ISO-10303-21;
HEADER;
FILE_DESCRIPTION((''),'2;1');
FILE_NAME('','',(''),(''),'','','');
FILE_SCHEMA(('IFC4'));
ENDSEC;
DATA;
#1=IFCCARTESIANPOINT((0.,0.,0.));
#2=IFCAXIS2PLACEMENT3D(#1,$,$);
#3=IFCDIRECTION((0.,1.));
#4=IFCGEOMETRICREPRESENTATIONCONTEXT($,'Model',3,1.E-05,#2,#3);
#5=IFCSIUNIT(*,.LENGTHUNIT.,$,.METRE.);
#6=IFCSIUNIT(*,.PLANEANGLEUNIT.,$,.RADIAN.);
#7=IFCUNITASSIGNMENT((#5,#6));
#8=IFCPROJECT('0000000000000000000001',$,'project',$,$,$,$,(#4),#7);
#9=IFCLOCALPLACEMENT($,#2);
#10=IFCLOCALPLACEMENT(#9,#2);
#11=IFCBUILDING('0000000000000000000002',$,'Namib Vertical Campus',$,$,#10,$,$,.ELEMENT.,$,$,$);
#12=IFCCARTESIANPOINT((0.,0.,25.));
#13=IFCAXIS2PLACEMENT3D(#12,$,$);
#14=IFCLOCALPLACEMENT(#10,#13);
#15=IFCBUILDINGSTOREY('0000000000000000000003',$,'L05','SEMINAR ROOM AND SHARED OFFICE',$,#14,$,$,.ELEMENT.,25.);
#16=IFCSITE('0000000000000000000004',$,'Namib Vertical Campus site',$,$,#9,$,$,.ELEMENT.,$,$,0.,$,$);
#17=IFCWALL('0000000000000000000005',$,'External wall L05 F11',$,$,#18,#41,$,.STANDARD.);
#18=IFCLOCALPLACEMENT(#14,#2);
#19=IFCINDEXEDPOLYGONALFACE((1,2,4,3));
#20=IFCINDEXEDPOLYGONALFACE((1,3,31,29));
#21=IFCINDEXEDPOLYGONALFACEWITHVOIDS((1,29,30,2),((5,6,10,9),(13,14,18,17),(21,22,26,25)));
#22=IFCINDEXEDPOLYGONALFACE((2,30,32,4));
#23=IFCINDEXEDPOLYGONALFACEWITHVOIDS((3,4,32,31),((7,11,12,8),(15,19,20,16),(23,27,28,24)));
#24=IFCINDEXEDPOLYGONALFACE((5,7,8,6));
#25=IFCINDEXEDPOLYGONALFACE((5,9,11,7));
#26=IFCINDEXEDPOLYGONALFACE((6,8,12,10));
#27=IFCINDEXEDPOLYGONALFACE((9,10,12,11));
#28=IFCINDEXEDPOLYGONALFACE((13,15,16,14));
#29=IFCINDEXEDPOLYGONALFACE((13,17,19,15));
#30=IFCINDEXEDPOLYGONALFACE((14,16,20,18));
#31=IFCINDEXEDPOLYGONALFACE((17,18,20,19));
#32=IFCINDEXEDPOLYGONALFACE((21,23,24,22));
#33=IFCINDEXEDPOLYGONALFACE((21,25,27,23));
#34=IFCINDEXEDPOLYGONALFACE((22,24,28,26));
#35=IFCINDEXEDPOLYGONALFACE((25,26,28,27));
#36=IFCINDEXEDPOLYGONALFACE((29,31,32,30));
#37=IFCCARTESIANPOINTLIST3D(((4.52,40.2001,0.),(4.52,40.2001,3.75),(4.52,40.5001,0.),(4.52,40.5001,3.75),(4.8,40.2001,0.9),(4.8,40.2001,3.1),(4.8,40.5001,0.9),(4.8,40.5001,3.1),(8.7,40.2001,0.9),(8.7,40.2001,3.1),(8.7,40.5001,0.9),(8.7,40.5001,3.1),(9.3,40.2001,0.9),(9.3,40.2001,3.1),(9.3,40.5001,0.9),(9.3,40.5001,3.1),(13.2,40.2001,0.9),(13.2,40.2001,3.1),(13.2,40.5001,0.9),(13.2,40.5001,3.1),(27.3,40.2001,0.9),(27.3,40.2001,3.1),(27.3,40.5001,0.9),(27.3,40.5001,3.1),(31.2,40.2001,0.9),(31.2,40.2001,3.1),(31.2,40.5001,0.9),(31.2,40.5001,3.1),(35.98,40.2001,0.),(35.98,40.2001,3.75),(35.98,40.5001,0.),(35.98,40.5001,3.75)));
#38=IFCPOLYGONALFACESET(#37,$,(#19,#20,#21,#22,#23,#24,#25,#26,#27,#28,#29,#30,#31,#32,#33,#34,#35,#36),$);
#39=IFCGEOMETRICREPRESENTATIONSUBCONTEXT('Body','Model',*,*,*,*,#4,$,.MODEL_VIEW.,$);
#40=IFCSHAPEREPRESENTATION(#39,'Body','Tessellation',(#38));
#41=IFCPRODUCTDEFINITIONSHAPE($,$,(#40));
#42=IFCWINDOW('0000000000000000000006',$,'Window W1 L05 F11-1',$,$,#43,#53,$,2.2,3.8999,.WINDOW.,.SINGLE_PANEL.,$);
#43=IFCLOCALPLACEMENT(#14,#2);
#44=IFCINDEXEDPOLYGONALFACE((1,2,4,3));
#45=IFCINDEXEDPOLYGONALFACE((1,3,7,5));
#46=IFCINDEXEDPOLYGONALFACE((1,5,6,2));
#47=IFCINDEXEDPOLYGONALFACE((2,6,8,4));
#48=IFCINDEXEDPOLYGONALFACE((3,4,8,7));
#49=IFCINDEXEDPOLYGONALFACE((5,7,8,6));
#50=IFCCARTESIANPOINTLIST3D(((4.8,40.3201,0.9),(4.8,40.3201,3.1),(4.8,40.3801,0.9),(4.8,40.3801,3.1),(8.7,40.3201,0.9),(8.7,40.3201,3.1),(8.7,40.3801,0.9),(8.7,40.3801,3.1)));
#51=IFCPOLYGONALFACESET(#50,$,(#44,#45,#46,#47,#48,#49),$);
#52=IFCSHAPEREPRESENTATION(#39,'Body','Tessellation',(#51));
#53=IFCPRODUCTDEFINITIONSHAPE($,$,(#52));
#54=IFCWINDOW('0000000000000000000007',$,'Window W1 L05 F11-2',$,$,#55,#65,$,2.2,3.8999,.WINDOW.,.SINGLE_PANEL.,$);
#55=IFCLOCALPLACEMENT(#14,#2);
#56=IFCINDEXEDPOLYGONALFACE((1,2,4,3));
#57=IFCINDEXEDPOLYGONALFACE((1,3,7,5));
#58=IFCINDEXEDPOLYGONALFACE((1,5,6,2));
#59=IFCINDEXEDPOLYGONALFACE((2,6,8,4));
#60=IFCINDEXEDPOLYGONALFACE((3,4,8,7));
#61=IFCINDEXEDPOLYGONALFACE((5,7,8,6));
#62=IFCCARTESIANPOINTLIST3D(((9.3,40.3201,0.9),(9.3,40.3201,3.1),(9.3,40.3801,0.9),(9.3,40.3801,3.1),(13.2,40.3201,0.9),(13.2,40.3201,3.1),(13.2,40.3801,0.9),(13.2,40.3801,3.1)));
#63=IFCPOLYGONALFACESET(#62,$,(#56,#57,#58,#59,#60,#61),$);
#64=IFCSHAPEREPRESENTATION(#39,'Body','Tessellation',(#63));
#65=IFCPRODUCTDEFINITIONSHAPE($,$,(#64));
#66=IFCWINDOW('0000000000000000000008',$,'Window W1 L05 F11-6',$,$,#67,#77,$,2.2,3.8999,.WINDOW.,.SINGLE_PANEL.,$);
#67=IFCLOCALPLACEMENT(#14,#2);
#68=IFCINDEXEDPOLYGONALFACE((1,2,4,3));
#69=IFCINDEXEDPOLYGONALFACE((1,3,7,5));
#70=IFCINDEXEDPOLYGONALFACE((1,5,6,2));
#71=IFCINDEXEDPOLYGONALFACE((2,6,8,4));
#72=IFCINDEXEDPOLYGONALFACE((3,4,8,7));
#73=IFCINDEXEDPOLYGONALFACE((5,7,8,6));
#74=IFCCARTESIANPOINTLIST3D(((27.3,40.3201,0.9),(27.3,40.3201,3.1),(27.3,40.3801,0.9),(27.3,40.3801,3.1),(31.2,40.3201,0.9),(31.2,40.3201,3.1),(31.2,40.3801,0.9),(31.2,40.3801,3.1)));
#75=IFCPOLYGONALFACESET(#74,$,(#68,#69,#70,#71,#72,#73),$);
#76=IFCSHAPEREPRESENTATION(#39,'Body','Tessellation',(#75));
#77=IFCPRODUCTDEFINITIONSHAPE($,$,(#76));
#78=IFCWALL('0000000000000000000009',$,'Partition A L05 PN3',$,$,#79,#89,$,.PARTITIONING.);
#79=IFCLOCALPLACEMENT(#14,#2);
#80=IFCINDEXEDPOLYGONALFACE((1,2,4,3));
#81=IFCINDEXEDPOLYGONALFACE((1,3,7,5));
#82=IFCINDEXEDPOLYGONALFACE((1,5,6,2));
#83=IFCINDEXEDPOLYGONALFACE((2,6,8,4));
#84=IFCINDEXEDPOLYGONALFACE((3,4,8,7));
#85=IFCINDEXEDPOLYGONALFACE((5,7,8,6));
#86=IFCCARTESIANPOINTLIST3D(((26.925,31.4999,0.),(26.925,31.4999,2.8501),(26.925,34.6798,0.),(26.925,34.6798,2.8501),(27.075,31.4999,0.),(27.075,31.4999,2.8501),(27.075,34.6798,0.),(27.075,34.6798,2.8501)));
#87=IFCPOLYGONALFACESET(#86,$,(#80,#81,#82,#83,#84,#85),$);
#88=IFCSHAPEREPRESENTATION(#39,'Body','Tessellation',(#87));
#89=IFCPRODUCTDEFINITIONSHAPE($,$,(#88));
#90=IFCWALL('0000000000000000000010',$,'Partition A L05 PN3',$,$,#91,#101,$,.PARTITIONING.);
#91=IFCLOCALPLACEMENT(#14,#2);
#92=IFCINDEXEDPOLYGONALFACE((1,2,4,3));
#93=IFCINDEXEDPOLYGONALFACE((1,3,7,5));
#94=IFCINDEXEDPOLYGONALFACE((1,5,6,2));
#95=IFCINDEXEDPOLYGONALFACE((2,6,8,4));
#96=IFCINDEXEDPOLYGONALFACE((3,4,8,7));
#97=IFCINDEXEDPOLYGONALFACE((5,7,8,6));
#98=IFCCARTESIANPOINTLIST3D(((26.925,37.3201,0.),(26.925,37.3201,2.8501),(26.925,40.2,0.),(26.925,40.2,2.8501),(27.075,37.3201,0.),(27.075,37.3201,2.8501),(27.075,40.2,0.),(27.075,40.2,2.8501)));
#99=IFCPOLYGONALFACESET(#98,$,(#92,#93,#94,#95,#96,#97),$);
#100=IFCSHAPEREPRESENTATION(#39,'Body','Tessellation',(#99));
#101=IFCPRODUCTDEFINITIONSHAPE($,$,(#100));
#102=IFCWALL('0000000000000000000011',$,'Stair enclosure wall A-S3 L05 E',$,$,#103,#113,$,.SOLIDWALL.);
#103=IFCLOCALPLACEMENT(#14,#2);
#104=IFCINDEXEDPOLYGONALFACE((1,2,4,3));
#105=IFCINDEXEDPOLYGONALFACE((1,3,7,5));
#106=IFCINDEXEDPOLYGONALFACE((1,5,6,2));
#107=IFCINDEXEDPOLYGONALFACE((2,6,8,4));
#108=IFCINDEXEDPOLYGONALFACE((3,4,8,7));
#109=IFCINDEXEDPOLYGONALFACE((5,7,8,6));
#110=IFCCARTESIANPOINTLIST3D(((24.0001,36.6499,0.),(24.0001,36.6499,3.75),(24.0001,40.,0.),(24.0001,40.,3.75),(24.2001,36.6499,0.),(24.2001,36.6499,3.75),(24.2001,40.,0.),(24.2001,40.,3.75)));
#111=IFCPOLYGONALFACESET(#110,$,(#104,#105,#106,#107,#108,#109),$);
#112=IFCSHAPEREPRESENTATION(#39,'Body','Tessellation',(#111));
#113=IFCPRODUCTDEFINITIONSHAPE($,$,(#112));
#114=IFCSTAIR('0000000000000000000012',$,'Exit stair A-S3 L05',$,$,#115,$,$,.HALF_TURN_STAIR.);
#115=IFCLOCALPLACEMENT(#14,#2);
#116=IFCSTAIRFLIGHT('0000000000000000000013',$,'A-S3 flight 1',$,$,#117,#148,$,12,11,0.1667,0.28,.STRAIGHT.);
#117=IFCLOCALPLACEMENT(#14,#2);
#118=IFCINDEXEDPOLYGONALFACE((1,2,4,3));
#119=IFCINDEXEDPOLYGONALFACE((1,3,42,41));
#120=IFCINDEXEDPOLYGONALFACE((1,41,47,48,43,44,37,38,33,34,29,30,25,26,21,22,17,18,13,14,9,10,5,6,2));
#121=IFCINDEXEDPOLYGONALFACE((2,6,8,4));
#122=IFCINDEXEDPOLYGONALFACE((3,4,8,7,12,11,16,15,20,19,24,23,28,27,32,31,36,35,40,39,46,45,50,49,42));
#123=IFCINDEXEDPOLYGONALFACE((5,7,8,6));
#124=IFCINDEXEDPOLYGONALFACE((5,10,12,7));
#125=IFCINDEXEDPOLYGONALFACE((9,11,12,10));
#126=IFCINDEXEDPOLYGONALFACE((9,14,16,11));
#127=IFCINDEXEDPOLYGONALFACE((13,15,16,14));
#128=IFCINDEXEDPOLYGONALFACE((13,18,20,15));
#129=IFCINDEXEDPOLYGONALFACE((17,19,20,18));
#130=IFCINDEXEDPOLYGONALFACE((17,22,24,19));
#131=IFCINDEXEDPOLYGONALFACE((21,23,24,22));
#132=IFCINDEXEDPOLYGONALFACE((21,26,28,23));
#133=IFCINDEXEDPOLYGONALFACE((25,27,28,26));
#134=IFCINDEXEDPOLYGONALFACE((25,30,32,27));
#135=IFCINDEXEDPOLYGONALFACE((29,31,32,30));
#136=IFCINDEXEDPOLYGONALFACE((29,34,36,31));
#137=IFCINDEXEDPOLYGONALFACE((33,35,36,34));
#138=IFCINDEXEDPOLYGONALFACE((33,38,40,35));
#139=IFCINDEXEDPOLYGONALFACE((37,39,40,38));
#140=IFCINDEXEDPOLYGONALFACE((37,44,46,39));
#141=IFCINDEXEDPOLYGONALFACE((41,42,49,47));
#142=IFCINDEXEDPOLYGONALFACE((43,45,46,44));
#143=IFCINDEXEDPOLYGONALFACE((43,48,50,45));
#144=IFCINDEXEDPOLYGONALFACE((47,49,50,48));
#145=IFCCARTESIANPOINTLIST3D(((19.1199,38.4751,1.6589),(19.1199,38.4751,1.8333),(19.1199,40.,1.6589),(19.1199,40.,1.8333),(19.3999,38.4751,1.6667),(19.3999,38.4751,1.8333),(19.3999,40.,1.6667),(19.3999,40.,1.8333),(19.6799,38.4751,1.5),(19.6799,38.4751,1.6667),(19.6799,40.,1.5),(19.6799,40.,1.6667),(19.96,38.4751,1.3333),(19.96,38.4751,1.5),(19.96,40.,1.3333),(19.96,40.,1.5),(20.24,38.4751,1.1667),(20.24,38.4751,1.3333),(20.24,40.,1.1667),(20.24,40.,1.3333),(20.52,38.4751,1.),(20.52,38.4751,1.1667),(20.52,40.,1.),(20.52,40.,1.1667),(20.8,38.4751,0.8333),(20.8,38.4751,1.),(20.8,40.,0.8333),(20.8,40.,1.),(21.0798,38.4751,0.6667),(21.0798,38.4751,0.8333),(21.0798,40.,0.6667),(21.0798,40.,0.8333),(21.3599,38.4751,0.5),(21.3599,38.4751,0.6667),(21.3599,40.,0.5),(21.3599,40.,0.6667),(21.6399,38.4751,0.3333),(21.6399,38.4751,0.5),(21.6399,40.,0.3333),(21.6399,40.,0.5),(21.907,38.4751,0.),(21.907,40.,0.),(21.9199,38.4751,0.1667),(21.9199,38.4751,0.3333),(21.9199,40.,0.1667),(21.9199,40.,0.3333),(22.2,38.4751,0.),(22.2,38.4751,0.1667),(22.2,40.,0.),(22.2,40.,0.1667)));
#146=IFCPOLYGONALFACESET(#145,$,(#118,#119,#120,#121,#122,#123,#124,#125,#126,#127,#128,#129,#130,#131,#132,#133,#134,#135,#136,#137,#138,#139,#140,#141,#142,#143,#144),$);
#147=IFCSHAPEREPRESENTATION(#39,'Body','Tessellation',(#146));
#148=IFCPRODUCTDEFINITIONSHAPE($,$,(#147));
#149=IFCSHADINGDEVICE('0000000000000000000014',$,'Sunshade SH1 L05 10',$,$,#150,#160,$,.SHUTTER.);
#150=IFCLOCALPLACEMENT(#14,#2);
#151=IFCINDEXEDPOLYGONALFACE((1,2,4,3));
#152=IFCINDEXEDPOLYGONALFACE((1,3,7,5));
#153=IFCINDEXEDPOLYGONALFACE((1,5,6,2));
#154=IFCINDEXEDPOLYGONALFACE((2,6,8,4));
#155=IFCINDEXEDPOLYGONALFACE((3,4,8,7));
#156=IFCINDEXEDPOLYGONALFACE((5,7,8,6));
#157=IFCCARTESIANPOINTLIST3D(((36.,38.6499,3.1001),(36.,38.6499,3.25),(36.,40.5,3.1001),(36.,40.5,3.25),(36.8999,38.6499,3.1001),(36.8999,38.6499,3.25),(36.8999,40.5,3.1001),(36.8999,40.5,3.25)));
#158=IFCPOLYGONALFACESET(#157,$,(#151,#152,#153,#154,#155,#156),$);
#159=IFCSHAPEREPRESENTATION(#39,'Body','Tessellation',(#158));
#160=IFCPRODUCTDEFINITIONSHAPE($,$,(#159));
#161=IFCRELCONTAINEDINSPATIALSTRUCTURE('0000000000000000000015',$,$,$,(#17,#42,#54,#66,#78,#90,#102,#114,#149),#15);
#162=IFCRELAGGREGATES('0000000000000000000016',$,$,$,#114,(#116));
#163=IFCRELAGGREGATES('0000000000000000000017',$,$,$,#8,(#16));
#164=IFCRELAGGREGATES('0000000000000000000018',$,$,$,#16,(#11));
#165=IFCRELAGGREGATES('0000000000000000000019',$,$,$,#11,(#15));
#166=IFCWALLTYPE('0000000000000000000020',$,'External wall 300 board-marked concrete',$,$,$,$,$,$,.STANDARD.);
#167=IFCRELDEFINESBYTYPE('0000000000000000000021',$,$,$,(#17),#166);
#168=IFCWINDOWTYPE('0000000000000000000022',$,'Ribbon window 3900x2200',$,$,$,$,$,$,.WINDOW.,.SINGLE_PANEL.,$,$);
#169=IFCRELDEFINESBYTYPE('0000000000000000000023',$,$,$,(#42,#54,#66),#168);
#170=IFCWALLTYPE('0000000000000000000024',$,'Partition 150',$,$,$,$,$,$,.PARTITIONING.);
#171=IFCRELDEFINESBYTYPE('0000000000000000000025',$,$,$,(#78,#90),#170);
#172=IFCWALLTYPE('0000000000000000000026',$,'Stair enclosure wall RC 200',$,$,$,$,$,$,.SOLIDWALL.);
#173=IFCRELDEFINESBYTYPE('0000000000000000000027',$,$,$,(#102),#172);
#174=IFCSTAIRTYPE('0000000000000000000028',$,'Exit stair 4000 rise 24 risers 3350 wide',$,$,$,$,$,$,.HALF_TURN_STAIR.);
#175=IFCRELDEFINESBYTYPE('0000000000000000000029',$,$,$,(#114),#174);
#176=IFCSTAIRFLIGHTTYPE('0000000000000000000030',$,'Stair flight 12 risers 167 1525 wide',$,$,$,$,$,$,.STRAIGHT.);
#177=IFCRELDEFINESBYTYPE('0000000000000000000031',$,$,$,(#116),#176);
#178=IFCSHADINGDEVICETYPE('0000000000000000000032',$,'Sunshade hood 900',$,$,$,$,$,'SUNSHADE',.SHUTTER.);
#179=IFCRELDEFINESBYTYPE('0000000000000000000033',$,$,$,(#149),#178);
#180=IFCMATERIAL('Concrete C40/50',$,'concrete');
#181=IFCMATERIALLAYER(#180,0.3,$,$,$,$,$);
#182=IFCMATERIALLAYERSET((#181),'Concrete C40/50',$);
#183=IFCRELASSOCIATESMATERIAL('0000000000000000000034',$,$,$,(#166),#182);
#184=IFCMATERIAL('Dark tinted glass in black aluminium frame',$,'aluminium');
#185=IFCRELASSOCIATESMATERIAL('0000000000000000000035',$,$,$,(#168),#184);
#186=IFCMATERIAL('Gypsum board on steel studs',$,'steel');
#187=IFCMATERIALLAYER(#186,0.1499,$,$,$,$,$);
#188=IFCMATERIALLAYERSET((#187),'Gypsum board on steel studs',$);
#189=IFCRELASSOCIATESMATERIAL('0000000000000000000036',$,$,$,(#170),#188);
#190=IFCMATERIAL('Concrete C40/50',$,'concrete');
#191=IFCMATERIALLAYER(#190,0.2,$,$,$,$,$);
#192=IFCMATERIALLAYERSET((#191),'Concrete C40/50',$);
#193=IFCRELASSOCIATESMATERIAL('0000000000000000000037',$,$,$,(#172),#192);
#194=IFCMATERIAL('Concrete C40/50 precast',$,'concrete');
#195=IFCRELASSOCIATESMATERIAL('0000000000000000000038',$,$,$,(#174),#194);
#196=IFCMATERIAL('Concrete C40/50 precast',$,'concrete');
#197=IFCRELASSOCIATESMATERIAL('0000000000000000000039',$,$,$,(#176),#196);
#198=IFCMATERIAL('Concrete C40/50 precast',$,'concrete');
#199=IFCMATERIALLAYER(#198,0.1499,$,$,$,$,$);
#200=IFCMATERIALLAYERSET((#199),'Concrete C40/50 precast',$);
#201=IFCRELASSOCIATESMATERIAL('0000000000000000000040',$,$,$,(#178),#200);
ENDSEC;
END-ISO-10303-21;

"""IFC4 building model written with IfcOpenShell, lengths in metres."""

from ifc_helpers import new_model, si_unit, direction, frame, frame_2d, origin, origin_2d, place, context, subcontext, project, spatial, polyline, rectangle, outline, extrude, material, layer, layer_set, type_object, element, fill, aggregate, save


model = new_model("IFC4")

# Units and contexts
model_context = context("Model", 3, precision=1e-05, world=origin(), true_north=direction((0.0, 1.0)))
body_context = subcontext(model_context, "Body", "Model", "MODEL_VIEW")
ifc_project = project(units=[si_unit("LENGTHUNIT", "METRE"), si_unit("PLANEANGLEUNIT", "RADIAN")], contexts=[model_context])

# Site, building, storey
site_placement = place(None, origin())
site = spatial("IfcSite", under=ifc_project, at=site_placement, Name="Namib Vertical Campus site", CompositionType="ELEMENT", RefElevation=0.0)
building_placement = place(site_placement, origin())
building = spatial("IfcBuilding", under=site, at=building_placement, Name="Namib Vertical Campus", CompositionType="ELEMENT")
storey_placement = place(building_placement, frame((0.0, 0.0, 25.0)))
storey = spatial("IfcBuildingStorey", under=building, at=storey_placement, Name="L05", Description="SEMINAR ROOM AND SHARED OFFICE", CompositionType="ELEMENT", Elevation=25.0)

# Shared definitions
ifc_material_1 = material(Name="Concrete C40/50", Category="concrete")
ifc_layer_1 = layer(ifc_material_1, 0.3)
ifc_layer_set_1 = layer_set([ifc_layer_1], Name="Concrete C40/50")
wall_type_1 = type_object("IfcWallType", Name="External wall 300 board-marked concrete", PredefinedType="STANDARD", material=ifc_layer_set_1)

# Wall, openings, windows
wall_1_placement = place(storey_placement, frame((35.98, 40.3501, 0.0), z_axis=(0.0, 0.0, 1.0), x_axis=(-1.0, 0.0, 0.0)))
wall_1 = element("IfcWall", 1, at=wall_1_placement, inside=storey, type_object=wall_type_1, Name="External wall L05 F11", PredefinedType="STANDARD", context=body_context, shape_type="SweptSolid", body=[
    extrude(rectangle(XDim=31.46, YDim=0.3, at=frame_2d((15.73, 0.0))), origin(), (0.0, 0.0, 1.0), 3.75),
])
opening_1_placement = place(wall_1_placement, frame((27.28, 0.0, 0.8999)))
opening_1 = element("IfcOpeningElement", 2, at=opening_1_placement, cuts=wall_1, PredefinedType="OPENING", context=body_context, shape_type="SweptSolid", body=[
    extrude(rectangle(XDim=3.8999, YDim=2.2, at=frame_2d((1.95, 1.1001))), frame((0.0, 0.1599, 0.0), z_axis=(0.0, -1.0, 0.0), x_axis=(1.0, 0.0, 0.0)), (0.0, 0.0, 1.0), 0.3201),
])
opening_2_placement = place(wall_1_placement, frame((22.78, 0.0, 0.8999)))
opening_2 = element("IfcOpeningElement", 3, at=opening_2_placement, cuts=wall_1, PredefinedType="OPENING", context=body_context, shape_type="SweptSolid", body=[
    extrude(rectangle(XDim=3.8999, YDim=2.2, at=frame_2d((1.95, 1.1001))), frame((0.0, 0.1599, 0.0), z_axis=(0.0, -1.0, 0.0), x_axis=(1.0, 0.0, 0.0)), (0.0, 0.0, 1.0), 0.3201),
])
opening_3_placement = place(wall_1_placement, frame((4.78, 0.0, 0.8999)))
opening_3 = element("IfcOpeningElement", 4, at=opening_3_placement, cuts=wall_1, PredefinedType="OPENING", context=body_context, shape_type="SweptSolid", body=[
    extrude(rectangle(XDim=3.8999, YDim=2.2, at=frame_2d((1.95, 1.1001))), frame((0.0, 0.1599, 0.0), z_axis=(0.0, -1.0, 0.0), x_axis=(1.0, 0.0, 0.0)), (0.0, 0.0, 1.0), 0.3201),
])
ifc_material_2 = material(Name="Dark tinted glass in black aluminium frame", Category="aluminium")
window_type = type_object("IfcWindowType", Name="Ribbon window 3900x2200", PartitioningType="SINGLE_PANEL", PredefinedType="WINDOW", material=ifc_material_2)
window_1_placement = place(opening_1_placement, origin())
window_1 = element("IfcWindow", 5, at=window_1_placement, inside=storey, type_object=window_type, Name="Window W1 L05 F11-1", OverallHeight=2.2, OverallWidth=3.8999, PartitioningType="SINGLE_PANEL", PredefinedType="WINDOW", context=body_context, shape_type="SweptSolid", body=[
    extrude(rectangle(XDim=3.8999, YDim=2.2, at=frame_2d((1.95, 1.1001))), frame((0.0, 0.03, 0.0), z_axis=(0.0, -1.0, 0.0), x_axis=(1.0, 0.0, 0.0)), (0.0, 0.0, 1.0), 0.0601),
])
fill(opening_1, window_1)
window_2_placement = place(opening_2_placement, origin())
window_2 = element("IfcWindow", 6, at=window_2_placement, inside=storey, type_object=window_type, Name="Window W1 L05 F11-2", OverallHeight=2.2, OverallWidth=3.8999, PartitioningType="SINGLE_PANEL", PredefinedType="WINDOW", context=body_context, shape_type="SweptSolid", body=[
    extrude(rectangle(XDim=3.8999, YDim=2.2, at=frame_2d((1.95, 1.1001))), frame((0.0, 0.03, 0.0), z_axis=(0.0, -1.0, 0.0), x_axis=(1.0, 0.0, 0.0)), (0.0, 0.0, 1.0), 0.0601),
])
fill(opening_2, window_2)
window_3_placement = place(opening_3_placement, origin())
window_3 = element("IfcWindow", 7, at=window_3_placement, inside=storey, type_object=window_type, Name="Window W1 L05 F11-6", OverallHeight=2.2, OverallWidth=3.8999, PartitioningType="SINGLE_PANEL", PredefinedType="WINDOW", context=body_context, shape_type="SweptSolid", body=[
    extrude(rectangle(XDim=3.8999, YDim=2.2, at=frame_2d((1.95, 1.1001))), frame((0.0, 0.03, 0.0), z_axis=(0.0, -1.0, 0.0), x_axis=(1.0, 0.0, 0.0)), (0.0, 0.0, 1.0), 0.0601),
])
fill(opening_3, window_3)

# Walls
ifc_material_3 = material(Name="Gypsum board on steel studs", Category="steel")
ifc_layer_2 = layer(ifc_material_3, 0.1499)
ifc_layer_set_2 = layer_set([ifc_layer_2], Name="Gypsum board on steel studs")
wall_type_2 = type_object("IfcWallType", Name="Partition 150", PredefinedType="PARTITIONING", material=ifc_layer_set_2)
wall_2_placement = place(storey_placement, frame((27.0, 31.5, 0.0), z_axis=(0.0, 0.0, 1.0), x_axis=(0.0, 1.0, 0.0)))
element("IfcWall", 8, at=wall_2_placement, inside=storey, type_object=wall_type_2, Name="Partition A L05 PN3", PredefinedType="PARTITIONING", context=body_context, shape_type="SweptSolid", body=[
    extrude(rectangle(XDim=3.1799, YDim=0.1499, at=frame_2d((1.5898, 0.0))), origin(), (0.0, 0.0, 1.0), 2.8501),
])
wall_3_placement = place(storey_placement, frame((27.0, 37.3201, 0.0), z_axis=(0.0, 0.0, 1.0), x_axis=(0.0, 1.0, 0.0)))
element("IfcWall", 9, at=wall_3_placement, inside=storey, type_object=wall_type_2, Name="Partition A L05 PN3", PredefinedType="PARTITIONING", context=body_context, shape_type="SweptSolid", body=[
    extrude(rectangle(XDim=2.8799, YDim=0.1499, at=frame_2d((1.4399, 0.0))), origin(), (0.0, 0.0, 1.0), 2.8501),
])
ifc_material_4 = material(Name="Concrete C40/50", Category="concrete")
ifc_layer_3 = layer(ifc_material_4, 0.2)
ifc_layer_set_3 = layer_set([ifc_layer_3], Name="Concrete C40/50")
wall_type_3 = type_object("IfcWallType", Name="Stair enclosure wall RC 200", PredefinedType="SOLIDWALL", material=ifc_layer_set_3)
wall_4_placement = place(storey_placement, frame((24.1001, 36.6499, 0.0), z_axis=(0.0, 0.0, 1.0), x_axis=(0.0, 1.0, 0.0)))
element("IfcWall", 10, at=wall_4_placement, inside=storey, type_object=wall_type_3, Name="Stair enclosure wall A-S3 L05 E", PredefinedType="SOLIDWALL", context=body_context, shape_type="SweptSolid", body=[
    extrude(rectangle(XDim=3.3501, YDim=0.2, at=frame_2d((1.675, 0.0))), origin(), (0.0, 0.0, 1.0), 3.75),
])

# Stair, stair flight
ifc_material_5 = material(Name="Concrete C40/50 precast", Category="concrete")
stair_type = type_object("IfcStairType", Name="Exit stair 4000 rise 24 risers 3350 wide", PredefinedType="HALF_TURN_STAIR", material=ifc_material_5)
stair_placement = place(storey_placement, origin())
stair = element("IfcStair", 11, at=stair_placement, inside=storey, type_object=stair_type, Name="Exit stair A-S3 L05", PredefinedType="HALF_TURN_STAIR")
ifc_material_6 = material(Name="Concrete C40/50 precast", Category="concrete")
stair_flight_type = type_object("IfcStairFlightType", Name="Stair flight 12 risers 167 1525 wide", PredefinedType="STRAIGHT", material=ifc_material_6)
stair_flight_placement = place(storey_placement, frame((22.2, 39.2375, 0.0), z_axis=(0.0, 0.0, 1.0), x_axis=(-1.0, 0.0, 0.0)))
stair_flight = element("IfcStairFlight", 12, at=stair_flight_placement, type_object=stair_flight_type, Name="A-S3 flight 1", NumberOfRisers=12, NumberOfTreads=11, PredefinedType="STRAIGHT", RiserHeight=0.1667, TreadLength=0.28, context=body_context, shape_type="SweptSolid", body=[
    extrude(outline(polyline([(0.0, 0.0), (0.0, 0.1667), (0.28, 0.1667), (0.28, 0.3333), (0.5601, 0.3333), (0.5601, 0.5), (0.8401, 0.5), (0.8401, 0.6667), (1.1201, 0.6667), (1.1201, 0.8333), (1.3999, 0.8333), (1.3999, 1.0), (1.6799, 1.0), (1.6799, 1.1667), (1.96, 1.1667), (1.96, 1.3333), (2.24, 1.3333), (2.24, 1.5), (2.52, 1.5), (2.52, 1.6667), (2.8, 1.6667), (2.8, 1.8333), (3.0801, 1.8333), (3.0801, 2.0), (3.0801, 1.6589), (0.293, 0.0), (0.0, 0.0)])), frame((0.0, 0.7625, 0.0), z_axis=(0.0, -1.0, 0.0), x_axis=(1.0, 0.0, 0.0)), (0.0, 0.0, 1.0), 1.5249),
])
aggregate(stair, [stair_flight])

# Shading device
ifc_material_7 = material(Name="Concrete C40/50 precast", Category="concrete")
ifc_layer_4 = layer(ifc_material_7, 0.1499)
ifc_layer_set_4 = layer_set([ifc_layer_4], Name="Concrete C40/50 precast")
shading_device_type = type_object("IfcShadingDeviceType", Name="Sunshade hood 900", ElementType="SUNSHADE", PredefinedType="SHUTTER", material=ifc_layer_set_4)
shading_device_placement = place(storey_placement, frame((36.45, 39.575, 3.1001), z_axis=(0.0, 0.0, 1.0), x_axis=(0.0, 1.0, 0.0)))
element("IfcShadingDevice", 13, at=shading_device_placement, inside=storey, type_object=shading_device_type, Name="Sunshade SH1 L05 10", PredefinedType="SHUTTER", context=body_context, shape_type="SweptSolid", body=[
    extrude(rectangle(XDim=1.8501, YDim=0.8999, at=origin_2d()), origin(), (0.0, 0.0, 1.0), 0.1499),
])

save(model, "model.ifc")
